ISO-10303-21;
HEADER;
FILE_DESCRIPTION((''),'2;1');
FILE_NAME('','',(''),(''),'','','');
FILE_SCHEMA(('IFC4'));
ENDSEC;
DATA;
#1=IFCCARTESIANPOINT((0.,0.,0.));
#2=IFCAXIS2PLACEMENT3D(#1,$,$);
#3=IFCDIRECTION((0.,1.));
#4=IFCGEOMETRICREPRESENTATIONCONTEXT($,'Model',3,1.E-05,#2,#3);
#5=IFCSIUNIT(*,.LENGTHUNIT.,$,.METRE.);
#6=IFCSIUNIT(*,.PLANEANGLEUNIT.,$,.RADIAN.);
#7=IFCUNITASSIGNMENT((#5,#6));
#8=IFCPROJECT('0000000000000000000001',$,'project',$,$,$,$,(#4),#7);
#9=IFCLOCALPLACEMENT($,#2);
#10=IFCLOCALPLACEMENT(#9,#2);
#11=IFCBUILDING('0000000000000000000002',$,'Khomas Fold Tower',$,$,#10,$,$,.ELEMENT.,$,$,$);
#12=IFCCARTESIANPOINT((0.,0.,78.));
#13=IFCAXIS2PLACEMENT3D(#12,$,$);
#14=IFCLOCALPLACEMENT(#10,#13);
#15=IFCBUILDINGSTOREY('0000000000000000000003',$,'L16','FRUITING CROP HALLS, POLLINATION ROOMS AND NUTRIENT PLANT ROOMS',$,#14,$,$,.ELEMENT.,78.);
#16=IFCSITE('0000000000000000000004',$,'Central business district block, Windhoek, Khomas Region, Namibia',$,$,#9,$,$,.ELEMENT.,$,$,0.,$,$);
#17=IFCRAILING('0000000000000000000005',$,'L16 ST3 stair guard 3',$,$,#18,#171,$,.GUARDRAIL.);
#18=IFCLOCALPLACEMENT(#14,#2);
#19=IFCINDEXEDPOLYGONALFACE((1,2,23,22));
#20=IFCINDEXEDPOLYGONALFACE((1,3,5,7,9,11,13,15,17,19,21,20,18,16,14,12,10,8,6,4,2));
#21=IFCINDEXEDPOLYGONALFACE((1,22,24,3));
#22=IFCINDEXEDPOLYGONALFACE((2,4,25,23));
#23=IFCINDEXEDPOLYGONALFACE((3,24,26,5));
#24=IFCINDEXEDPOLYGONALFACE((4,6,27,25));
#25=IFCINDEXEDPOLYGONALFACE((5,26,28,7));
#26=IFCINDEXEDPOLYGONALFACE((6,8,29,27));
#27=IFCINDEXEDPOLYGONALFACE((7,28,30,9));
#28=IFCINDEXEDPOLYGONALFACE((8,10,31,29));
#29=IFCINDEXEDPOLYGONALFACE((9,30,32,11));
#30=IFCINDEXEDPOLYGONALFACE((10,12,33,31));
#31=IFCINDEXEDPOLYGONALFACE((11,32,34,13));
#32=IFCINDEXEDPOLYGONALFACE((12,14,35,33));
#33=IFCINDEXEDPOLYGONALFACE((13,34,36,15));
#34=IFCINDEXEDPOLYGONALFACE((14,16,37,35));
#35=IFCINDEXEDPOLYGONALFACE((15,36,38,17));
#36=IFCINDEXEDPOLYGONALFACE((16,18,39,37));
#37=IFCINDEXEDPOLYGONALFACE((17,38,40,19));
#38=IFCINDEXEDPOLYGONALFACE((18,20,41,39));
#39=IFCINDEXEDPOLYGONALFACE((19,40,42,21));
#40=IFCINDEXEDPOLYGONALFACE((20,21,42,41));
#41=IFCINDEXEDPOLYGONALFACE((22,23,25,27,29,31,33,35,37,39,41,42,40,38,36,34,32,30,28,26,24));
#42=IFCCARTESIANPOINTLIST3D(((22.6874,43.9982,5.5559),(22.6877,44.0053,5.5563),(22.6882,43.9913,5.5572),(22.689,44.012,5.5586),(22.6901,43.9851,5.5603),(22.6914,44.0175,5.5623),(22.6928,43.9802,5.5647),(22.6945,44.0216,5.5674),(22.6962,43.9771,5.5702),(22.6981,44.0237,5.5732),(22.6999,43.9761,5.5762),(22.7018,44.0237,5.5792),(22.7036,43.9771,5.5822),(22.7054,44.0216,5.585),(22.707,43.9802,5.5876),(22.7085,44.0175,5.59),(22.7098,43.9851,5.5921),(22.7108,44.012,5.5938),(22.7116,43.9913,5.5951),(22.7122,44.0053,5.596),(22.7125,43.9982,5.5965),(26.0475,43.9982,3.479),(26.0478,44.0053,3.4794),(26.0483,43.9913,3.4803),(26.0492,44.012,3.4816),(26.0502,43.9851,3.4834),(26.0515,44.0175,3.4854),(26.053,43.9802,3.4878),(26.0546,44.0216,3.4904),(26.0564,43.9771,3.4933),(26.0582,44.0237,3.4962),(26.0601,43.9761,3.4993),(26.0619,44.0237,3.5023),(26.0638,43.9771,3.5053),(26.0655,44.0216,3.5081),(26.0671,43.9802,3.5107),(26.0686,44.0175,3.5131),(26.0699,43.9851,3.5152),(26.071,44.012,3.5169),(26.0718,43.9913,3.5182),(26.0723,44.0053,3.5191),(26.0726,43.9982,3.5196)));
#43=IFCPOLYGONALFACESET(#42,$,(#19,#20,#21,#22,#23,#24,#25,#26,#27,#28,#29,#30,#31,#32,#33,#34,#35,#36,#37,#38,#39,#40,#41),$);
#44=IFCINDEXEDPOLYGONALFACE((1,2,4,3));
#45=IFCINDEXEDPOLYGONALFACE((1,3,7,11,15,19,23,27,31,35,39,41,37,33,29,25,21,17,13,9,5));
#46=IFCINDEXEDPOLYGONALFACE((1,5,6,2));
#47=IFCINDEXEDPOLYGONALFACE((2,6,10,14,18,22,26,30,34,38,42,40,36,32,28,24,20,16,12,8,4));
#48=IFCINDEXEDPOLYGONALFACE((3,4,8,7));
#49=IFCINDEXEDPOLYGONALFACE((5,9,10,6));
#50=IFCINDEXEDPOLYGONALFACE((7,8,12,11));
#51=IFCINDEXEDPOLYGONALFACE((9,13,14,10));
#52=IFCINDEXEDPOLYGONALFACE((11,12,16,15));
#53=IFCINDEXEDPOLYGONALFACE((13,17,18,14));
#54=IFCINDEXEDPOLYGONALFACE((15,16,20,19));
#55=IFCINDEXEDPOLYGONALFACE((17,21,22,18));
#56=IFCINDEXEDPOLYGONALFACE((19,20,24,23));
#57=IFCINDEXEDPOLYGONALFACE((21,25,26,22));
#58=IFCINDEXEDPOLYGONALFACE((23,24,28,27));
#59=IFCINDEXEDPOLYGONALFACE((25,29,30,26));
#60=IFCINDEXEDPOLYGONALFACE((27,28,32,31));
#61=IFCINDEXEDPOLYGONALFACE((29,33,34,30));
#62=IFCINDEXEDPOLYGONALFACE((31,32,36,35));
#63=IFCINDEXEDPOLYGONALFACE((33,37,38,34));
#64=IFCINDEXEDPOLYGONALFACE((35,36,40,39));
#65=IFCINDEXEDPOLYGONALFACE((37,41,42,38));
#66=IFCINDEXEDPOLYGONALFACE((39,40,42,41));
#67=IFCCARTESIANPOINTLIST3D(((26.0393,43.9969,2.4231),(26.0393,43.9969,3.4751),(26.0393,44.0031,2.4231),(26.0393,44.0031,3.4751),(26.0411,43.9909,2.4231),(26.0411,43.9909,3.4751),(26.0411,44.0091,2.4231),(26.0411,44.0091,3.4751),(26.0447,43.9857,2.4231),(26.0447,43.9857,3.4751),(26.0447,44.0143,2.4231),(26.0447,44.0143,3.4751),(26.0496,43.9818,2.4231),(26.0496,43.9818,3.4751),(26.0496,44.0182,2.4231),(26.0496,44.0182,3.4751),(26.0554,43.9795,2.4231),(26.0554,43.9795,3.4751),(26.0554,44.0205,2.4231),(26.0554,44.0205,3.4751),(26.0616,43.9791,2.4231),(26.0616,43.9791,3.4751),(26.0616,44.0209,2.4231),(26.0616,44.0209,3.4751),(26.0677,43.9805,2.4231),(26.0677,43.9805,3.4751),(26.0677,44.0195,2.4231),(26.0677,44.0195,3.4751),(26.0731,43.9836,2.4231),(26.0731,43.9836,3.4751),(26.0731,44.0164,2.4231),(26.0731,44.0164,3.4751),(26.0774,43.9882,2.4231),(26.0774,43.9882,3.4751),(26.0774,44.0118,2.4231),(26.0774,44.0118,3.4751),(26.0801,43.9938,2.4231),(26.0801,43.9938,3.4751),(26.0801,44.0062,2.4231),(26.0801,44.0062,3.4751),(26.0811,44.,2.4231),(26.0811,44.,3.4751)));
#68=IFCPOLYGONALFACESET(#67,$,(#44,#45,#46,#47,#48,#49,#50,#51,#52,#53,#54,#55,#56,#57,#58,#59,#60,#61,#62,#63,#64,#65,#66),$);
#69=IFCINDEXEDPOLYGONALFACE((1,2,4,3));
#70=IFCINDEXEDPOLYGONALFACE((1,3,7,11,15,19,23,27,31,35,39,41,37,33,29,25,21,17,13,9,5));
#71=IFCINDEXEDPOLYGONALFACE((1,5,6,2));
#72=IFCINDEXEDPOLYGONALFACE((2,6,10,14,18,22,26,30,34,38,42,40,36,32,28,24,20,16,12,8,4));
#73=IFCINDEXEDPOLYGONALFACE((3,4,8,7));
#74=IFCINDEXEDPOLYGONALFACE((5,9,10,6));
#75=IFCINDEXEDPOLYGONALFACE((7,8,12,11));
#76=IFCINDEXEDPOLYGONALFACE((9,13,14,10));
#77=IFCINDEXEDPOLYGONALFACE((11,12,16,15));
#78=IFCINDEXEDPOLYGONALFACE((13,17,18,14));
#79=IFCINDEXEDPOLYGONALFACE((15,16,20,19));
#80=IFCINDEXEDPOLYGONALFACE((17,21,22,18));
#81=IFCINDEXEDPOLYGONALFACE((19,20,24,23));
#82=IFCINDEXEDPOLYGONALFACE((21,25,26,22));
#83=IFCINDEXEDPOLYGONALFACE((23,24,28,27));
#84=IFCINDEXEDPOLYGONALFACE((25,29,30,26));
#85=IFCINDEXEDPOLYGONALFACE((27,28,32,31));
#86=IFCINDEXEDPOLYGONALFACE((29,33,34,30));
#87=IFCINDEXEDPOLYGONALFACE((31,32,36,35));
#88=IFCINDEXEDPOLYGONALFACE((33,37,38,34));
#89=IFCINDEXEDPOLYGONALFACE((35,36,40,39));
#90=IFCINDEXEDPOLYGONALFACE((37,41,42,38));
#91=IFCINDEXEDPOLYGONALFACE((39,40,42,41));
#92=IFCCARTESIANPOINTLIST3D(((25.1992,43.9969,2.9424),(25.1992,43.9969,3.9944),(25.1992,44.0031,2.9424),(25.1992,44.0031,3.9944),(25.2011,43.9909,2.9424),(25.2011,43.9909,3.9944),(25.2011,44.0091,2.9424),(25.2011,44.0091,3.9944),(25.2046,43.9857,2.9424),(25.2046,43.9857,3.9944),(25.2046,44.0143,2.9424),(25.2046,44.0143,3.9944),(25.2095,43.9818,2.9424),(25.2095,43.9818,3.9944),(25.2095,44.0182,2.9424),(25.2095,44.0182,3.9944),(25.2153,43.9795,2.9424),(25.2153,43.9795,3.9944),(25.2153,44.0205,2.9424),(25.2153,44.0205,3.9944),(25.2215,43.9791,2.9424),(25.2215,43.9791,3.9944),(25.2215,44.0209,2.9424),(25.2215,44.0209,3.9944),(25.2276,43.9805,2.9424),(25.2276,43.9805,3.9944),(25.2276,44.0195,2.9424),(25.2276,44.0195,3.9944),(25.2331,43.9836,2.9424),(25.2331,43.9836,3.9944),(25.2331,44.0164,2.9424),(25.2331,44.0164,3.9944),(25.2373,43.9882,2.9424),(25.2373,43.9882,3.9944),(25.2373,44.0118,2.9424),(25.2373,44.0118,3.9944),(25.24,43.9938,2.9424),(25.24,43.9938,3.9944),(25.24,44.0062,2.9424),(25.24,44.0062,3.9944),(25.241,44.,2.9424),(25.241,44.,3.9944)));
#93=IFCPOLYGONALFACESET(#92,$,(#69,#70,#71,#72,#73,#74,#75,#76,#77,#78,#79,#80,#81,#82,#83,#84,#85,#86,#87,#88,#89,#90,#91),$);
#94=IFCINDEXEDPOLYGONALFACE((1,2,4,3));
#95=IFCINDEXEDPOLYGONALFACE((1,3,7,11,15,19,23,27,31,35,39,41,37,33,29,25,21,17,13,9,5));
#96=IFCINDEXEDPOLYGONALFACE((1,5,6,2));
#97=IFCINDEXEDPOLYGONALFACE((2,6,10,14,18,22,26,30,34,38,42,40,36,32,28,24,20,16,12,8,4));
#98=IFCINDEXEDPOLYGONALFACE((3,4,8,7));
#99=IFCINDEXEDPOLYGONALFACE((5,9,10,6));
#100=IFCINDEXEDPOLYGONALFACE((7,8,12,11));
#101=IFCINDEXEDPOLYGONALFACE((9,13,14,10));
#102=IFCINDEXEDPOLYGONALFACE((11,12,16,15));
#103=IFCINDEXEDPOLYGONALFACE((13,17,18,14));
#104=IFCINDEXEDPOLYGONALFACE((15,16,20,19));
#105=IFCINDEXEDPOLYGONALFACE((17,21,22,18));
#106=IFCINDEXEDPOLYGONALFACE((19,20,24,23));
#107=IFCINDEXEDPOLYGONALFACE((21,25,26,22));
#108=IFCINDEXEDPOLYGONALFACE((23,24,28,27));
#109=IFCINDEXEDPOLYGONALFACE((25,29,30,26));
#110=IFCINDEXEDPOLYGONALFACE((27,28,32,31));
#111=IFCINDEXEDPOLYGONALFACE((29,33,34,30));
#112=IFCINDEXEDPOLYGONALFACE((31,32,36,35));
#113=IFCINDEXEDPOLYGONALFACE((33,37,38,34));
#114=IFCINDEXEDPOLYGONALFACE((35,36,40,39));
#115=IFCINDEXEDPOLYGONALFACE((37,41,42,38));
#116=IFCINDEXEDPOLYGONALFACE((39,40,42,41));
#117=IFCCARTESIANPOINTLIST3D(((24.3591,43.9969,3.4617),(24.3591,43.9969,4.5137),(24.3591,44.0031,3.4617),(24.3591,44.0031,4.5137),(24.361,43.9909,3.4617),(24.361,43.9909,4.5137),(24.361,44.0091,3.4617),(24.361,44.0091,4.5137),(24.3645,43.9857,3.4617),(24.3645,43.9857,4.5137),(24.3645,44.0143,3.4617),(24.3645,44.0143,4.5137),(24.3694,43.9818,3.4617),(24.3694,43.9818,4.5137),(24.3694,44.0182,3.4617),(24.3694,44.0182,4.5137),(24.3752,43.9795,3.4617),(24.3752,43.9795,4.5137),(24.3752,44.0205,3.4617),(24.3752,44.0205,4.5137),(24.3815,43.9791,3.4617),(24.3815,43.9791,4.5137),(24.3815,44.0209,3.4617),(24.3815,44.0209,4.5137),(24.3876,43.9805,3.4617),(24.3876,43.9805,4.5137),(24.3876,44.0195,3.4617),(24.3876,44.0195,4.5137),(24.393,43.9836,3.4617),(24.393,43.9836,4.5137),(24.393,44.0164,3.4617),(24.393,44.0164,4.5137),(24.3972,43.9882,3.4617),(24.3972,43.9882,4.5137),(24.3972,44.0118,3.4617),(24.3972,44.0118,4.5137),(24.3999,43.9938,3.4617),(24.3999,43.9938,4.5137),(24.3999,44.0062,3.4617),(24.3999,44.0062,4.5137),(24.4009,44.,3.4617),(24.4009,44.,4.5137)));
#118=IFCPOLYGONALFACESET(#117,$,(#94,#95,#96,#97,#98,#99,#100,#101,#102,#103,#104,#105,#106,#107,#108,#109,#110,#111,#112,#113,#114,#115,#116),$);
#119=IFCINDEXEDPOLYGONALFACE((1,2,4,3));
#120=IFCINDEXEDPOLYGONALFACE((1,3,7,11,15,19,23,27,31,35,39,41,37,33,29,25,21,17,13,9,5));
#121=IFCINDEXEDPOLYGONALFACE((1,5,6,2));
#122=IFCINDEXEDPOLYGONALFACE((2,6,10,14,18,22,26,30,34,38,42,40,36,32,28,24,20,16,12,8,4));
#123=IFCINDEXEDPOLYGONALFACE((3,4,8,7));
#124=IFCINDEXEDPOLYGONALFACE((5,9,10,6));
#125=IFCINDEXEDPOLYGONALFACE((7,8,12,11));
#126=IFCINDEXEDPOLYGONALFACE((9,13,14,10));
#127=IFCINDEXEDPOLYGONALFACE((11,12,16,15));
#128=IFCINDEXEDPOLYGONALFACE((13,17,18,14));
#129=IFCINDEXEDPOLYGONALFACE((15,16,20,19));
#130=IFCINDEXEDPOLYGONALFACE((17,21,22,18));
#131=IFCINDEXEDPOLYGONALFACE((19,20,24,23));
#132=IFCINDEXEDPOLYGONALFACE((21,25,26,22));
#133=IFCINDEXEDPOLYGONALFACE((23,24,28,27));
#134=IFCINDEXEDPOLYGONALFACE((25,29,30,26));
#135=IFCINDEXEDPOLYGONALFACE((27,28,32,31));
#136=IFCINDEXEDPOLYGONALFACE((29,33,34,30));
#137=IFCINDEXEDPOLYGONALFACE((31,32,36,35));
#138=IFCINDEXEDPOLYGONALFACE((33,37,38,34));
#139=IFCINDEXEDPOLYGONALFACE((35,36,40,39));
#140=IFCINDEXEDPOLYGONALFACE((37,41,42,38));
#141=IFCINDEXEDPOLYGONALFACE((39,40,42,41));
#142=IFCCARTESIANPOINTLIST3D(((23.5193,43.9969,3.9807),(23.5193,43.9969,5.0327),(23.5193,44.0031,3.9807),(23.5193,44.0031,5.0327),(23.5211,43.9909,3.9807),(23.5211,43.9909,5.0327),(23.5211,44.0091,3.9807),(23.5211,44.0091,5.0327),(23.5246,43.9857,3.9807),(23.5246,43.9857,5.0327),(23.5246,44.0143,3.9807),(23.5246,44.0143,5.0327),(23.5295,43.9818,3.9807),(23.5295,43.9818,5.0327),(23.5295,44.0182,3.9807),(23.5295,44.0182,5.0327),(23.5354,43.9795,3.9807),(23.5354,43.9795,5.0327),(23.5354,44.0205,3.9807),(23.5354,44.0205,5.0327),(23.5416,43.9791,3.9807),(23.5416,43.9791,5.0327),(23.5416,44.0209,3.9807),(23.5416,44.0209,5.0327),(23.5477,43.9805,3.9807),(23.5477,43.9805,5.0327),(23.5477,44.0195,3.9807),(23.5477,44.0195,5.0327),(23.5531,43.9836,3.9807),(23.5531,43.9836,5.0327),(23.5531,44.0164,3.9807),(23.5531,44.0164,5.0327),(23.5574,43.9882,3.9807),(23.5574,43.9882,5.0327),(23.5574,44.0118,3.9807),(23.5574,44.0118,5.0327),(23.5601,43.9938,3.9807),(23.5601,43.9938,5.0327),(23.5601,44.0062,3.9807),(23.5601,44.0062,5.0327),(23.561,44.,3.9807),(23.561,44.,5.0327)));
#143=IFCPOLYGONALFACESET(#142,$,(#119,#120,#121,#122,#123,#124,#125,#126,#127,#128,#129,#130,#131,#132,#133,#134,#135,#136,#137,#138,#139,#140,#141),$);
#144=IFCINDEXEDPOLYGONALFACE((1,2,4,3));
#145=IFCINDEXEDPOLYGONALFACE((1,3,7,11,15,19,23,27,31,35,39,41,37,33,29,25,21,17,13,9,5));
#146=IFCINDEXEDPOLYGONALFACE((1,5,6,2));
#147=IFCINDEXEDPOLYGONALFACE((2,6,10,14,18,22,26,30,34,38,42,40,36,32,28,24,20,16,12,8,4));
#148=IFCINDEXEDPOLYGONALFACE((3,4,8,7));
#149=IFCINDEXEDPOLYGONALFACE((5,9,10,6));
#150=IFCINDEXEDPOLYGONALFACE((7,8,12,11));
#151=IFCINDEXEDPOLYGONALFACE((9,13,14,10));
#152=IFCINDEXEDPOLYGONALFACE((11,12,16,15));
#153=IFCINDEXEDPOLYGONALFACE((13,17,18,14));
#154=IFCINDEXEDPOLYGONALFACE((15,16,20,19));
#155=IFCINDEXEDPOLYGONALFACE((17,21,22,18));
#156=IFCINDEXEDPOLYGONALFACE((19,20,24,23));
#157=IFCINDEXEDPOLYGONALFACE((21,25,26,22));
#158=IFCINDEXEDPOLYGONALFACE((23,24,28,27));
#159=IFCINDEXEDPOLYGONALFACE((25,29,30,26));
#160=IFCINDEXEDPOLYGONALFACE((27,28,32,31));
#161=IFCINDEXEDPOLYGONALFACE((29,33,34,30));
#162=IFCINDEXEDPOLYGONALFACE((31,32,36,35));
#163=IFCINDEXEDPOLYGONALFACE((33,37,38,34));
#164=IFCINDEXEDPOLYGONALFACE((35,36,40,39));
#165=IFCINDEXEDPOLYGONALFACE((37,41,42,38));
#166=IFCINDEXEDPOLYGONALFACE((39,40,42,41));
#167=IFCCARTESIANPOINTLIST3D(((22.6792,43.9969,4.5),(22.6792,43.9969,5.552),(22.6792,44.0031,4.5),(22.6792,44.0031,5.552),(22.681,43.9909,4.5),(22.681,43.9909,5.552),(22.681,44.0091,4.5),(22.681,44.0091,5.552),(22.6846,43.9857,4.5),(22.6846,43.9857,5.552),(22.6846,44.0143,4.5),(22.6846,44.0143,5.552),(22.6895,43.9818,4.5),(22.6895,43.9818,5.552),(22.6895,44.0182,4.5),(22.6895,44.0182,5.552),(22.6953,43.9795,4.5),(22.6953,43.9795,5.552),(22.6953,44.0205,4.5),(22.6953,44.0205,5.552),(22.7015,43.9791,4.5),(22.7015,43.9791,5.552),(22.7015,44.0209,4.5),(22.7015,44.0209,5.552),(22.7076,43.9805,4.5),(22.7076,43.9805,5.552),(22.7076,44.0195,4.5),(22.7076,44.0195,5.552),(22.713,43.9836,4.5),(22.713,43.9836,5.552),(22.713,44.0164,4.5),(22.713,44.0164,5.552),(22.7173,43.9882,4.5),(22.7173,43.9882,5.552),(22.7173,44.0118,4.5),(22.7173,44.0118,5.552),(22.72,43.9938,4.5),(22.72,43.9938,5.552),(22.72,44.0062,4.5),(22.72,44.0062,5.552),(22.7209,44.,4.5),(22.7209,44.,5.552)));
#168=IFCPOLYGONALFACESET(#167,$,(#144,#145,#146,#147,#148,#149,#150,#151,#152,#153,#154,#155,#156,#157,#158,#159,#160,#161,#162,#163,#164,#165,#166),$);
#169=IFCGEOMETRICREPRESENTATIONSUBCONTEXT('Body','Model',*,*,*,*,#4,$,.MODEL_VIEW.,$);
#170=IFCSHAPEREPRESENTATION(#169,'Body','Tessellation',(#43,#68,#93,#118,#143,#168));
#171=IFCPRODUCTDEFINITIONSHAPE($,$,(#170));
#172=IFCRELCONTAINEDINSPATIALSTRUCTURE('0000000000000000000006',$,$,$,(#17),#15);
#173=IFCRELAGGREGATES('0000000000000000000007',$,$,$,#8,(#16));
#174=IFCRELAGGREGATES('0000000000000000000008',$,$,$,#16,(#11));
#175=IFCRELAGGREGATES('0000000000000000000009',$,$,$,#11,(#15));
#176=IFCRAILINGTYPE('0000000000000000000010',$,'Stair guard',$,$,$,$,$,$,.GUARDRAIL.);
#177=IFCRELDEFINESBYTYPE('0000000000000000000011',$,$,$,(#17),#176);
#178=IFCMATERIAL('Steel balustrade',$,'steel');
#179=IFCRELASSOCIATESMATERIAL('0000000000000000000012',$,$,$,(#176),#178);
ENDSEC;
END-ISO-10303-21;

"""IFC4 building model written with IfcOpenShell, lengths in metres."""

from ifc_helpers import new_model, si_unit, direction, frame, origin, origin_2d, place, context, subcontext, project, spatial, circle, extrude, source, transform, mapped, material, type_object, element, save


model = new_model("IFC4")

# Units and contexts
model_context = context("Model", 3, precision=1e-05, world=origin(), true_north=direction((0.0, 1.0)))
body_context = subcontext(model_context, "Body", "Model", "MODEL_VIEW")
ifc_project = project(units=[si_unit("LENGTHUNIT", "METRE"), si_unit("PLANEANGLEUNIT", "RADIAN")], contexts=[model_context])

# Site, building, storey
site_placement = place(None, origin())
site = spatial("IfcSite", under=ifc_project, at=site_placement, Name="Central business district block, Windhoek, Khomas Region, Namibia", CompositionType="ELEMENT", RefElevation=0.0)
building_placement = place(site_placement, origin())
building = spatial("IfcBuilding", under=site, at=building_placement, Name="Khomas Fold Tower", CompositionType="ELEMENT")
storey_placement = place(building_placement, frame((0.0, 0.0, 78.0)))
storey = spatial("IfcBuildingStorey", under=building, at=storey_placement, Name="L16", Description="FRUITING CROP HALLS, POLLINATION ROOMS AND NUTRIENT PLANT ROOMS", CompositionType="ELEMENT", Elevation=78.0)

# Railing
ifc_material_1 = material(Name="Steel balustrade", Category="steel")
railing_type_1 = type_object("IfcRailingType", Name="Stair guard", PredefinedType="GUARDRAIL", material=ifc_material_1)
shared_shape_1 = source(origin(), body_context, "Body", "SweptSolid", [
    extrude(circle(Radius=0.0239, at=origin_2d()), frame((0.0, 0.0, 1.0762), z_axis=(-0.850623, 0.0, 0.525776), x_axis=(0.0, -1.0, 0.0)), (0.0, 0.0, 1.0), 3.9502),
    extrude(circle(Radius=0.021, at=origin_2d()), origin(), (0.0, 0.0, 1.0), 1.052),
    extrude(circle(Radius=0.021, at=origin_2d()), frame((-0.8401, 0.0, 0.5193)), (0.0, 0.0, 1.0), 1.052),
    extrude(circle(Radius=0.021, at=origin_2d()), frame((-1.6802, 0.0, 1.0386)), (0.0, 0.0, 1.0), 1.052),
    extrude(circle(Radius=0.021, at=origin_2d()), frame((-2.52, 0.0, 1.5576)), (0.0, 0.0, 1.0), 1.052),
    extrude(circle(Radius=0.021, at=origin_2d()), frame((-3.3601, 0.0, 2.0769)), (0.0, 0.0, 1.0), 1.052),
])
railing_1_placement = place(storey_placement, frame((26.0601, 44.0, 2.4231)))
element("IfcRailing", 1, at=railing_1_placement, inside=storey, type_object=railing_type_1, Name="L16 ST3 stair guard 3", PredefinedType="GUARDRAIL", context=body_context, shape_type="MappedRepresentation", body=[
    mapped(shared_shape_1, transform((0.0, 0.0, 0.0))),
])

save(model, "model.ifc")
